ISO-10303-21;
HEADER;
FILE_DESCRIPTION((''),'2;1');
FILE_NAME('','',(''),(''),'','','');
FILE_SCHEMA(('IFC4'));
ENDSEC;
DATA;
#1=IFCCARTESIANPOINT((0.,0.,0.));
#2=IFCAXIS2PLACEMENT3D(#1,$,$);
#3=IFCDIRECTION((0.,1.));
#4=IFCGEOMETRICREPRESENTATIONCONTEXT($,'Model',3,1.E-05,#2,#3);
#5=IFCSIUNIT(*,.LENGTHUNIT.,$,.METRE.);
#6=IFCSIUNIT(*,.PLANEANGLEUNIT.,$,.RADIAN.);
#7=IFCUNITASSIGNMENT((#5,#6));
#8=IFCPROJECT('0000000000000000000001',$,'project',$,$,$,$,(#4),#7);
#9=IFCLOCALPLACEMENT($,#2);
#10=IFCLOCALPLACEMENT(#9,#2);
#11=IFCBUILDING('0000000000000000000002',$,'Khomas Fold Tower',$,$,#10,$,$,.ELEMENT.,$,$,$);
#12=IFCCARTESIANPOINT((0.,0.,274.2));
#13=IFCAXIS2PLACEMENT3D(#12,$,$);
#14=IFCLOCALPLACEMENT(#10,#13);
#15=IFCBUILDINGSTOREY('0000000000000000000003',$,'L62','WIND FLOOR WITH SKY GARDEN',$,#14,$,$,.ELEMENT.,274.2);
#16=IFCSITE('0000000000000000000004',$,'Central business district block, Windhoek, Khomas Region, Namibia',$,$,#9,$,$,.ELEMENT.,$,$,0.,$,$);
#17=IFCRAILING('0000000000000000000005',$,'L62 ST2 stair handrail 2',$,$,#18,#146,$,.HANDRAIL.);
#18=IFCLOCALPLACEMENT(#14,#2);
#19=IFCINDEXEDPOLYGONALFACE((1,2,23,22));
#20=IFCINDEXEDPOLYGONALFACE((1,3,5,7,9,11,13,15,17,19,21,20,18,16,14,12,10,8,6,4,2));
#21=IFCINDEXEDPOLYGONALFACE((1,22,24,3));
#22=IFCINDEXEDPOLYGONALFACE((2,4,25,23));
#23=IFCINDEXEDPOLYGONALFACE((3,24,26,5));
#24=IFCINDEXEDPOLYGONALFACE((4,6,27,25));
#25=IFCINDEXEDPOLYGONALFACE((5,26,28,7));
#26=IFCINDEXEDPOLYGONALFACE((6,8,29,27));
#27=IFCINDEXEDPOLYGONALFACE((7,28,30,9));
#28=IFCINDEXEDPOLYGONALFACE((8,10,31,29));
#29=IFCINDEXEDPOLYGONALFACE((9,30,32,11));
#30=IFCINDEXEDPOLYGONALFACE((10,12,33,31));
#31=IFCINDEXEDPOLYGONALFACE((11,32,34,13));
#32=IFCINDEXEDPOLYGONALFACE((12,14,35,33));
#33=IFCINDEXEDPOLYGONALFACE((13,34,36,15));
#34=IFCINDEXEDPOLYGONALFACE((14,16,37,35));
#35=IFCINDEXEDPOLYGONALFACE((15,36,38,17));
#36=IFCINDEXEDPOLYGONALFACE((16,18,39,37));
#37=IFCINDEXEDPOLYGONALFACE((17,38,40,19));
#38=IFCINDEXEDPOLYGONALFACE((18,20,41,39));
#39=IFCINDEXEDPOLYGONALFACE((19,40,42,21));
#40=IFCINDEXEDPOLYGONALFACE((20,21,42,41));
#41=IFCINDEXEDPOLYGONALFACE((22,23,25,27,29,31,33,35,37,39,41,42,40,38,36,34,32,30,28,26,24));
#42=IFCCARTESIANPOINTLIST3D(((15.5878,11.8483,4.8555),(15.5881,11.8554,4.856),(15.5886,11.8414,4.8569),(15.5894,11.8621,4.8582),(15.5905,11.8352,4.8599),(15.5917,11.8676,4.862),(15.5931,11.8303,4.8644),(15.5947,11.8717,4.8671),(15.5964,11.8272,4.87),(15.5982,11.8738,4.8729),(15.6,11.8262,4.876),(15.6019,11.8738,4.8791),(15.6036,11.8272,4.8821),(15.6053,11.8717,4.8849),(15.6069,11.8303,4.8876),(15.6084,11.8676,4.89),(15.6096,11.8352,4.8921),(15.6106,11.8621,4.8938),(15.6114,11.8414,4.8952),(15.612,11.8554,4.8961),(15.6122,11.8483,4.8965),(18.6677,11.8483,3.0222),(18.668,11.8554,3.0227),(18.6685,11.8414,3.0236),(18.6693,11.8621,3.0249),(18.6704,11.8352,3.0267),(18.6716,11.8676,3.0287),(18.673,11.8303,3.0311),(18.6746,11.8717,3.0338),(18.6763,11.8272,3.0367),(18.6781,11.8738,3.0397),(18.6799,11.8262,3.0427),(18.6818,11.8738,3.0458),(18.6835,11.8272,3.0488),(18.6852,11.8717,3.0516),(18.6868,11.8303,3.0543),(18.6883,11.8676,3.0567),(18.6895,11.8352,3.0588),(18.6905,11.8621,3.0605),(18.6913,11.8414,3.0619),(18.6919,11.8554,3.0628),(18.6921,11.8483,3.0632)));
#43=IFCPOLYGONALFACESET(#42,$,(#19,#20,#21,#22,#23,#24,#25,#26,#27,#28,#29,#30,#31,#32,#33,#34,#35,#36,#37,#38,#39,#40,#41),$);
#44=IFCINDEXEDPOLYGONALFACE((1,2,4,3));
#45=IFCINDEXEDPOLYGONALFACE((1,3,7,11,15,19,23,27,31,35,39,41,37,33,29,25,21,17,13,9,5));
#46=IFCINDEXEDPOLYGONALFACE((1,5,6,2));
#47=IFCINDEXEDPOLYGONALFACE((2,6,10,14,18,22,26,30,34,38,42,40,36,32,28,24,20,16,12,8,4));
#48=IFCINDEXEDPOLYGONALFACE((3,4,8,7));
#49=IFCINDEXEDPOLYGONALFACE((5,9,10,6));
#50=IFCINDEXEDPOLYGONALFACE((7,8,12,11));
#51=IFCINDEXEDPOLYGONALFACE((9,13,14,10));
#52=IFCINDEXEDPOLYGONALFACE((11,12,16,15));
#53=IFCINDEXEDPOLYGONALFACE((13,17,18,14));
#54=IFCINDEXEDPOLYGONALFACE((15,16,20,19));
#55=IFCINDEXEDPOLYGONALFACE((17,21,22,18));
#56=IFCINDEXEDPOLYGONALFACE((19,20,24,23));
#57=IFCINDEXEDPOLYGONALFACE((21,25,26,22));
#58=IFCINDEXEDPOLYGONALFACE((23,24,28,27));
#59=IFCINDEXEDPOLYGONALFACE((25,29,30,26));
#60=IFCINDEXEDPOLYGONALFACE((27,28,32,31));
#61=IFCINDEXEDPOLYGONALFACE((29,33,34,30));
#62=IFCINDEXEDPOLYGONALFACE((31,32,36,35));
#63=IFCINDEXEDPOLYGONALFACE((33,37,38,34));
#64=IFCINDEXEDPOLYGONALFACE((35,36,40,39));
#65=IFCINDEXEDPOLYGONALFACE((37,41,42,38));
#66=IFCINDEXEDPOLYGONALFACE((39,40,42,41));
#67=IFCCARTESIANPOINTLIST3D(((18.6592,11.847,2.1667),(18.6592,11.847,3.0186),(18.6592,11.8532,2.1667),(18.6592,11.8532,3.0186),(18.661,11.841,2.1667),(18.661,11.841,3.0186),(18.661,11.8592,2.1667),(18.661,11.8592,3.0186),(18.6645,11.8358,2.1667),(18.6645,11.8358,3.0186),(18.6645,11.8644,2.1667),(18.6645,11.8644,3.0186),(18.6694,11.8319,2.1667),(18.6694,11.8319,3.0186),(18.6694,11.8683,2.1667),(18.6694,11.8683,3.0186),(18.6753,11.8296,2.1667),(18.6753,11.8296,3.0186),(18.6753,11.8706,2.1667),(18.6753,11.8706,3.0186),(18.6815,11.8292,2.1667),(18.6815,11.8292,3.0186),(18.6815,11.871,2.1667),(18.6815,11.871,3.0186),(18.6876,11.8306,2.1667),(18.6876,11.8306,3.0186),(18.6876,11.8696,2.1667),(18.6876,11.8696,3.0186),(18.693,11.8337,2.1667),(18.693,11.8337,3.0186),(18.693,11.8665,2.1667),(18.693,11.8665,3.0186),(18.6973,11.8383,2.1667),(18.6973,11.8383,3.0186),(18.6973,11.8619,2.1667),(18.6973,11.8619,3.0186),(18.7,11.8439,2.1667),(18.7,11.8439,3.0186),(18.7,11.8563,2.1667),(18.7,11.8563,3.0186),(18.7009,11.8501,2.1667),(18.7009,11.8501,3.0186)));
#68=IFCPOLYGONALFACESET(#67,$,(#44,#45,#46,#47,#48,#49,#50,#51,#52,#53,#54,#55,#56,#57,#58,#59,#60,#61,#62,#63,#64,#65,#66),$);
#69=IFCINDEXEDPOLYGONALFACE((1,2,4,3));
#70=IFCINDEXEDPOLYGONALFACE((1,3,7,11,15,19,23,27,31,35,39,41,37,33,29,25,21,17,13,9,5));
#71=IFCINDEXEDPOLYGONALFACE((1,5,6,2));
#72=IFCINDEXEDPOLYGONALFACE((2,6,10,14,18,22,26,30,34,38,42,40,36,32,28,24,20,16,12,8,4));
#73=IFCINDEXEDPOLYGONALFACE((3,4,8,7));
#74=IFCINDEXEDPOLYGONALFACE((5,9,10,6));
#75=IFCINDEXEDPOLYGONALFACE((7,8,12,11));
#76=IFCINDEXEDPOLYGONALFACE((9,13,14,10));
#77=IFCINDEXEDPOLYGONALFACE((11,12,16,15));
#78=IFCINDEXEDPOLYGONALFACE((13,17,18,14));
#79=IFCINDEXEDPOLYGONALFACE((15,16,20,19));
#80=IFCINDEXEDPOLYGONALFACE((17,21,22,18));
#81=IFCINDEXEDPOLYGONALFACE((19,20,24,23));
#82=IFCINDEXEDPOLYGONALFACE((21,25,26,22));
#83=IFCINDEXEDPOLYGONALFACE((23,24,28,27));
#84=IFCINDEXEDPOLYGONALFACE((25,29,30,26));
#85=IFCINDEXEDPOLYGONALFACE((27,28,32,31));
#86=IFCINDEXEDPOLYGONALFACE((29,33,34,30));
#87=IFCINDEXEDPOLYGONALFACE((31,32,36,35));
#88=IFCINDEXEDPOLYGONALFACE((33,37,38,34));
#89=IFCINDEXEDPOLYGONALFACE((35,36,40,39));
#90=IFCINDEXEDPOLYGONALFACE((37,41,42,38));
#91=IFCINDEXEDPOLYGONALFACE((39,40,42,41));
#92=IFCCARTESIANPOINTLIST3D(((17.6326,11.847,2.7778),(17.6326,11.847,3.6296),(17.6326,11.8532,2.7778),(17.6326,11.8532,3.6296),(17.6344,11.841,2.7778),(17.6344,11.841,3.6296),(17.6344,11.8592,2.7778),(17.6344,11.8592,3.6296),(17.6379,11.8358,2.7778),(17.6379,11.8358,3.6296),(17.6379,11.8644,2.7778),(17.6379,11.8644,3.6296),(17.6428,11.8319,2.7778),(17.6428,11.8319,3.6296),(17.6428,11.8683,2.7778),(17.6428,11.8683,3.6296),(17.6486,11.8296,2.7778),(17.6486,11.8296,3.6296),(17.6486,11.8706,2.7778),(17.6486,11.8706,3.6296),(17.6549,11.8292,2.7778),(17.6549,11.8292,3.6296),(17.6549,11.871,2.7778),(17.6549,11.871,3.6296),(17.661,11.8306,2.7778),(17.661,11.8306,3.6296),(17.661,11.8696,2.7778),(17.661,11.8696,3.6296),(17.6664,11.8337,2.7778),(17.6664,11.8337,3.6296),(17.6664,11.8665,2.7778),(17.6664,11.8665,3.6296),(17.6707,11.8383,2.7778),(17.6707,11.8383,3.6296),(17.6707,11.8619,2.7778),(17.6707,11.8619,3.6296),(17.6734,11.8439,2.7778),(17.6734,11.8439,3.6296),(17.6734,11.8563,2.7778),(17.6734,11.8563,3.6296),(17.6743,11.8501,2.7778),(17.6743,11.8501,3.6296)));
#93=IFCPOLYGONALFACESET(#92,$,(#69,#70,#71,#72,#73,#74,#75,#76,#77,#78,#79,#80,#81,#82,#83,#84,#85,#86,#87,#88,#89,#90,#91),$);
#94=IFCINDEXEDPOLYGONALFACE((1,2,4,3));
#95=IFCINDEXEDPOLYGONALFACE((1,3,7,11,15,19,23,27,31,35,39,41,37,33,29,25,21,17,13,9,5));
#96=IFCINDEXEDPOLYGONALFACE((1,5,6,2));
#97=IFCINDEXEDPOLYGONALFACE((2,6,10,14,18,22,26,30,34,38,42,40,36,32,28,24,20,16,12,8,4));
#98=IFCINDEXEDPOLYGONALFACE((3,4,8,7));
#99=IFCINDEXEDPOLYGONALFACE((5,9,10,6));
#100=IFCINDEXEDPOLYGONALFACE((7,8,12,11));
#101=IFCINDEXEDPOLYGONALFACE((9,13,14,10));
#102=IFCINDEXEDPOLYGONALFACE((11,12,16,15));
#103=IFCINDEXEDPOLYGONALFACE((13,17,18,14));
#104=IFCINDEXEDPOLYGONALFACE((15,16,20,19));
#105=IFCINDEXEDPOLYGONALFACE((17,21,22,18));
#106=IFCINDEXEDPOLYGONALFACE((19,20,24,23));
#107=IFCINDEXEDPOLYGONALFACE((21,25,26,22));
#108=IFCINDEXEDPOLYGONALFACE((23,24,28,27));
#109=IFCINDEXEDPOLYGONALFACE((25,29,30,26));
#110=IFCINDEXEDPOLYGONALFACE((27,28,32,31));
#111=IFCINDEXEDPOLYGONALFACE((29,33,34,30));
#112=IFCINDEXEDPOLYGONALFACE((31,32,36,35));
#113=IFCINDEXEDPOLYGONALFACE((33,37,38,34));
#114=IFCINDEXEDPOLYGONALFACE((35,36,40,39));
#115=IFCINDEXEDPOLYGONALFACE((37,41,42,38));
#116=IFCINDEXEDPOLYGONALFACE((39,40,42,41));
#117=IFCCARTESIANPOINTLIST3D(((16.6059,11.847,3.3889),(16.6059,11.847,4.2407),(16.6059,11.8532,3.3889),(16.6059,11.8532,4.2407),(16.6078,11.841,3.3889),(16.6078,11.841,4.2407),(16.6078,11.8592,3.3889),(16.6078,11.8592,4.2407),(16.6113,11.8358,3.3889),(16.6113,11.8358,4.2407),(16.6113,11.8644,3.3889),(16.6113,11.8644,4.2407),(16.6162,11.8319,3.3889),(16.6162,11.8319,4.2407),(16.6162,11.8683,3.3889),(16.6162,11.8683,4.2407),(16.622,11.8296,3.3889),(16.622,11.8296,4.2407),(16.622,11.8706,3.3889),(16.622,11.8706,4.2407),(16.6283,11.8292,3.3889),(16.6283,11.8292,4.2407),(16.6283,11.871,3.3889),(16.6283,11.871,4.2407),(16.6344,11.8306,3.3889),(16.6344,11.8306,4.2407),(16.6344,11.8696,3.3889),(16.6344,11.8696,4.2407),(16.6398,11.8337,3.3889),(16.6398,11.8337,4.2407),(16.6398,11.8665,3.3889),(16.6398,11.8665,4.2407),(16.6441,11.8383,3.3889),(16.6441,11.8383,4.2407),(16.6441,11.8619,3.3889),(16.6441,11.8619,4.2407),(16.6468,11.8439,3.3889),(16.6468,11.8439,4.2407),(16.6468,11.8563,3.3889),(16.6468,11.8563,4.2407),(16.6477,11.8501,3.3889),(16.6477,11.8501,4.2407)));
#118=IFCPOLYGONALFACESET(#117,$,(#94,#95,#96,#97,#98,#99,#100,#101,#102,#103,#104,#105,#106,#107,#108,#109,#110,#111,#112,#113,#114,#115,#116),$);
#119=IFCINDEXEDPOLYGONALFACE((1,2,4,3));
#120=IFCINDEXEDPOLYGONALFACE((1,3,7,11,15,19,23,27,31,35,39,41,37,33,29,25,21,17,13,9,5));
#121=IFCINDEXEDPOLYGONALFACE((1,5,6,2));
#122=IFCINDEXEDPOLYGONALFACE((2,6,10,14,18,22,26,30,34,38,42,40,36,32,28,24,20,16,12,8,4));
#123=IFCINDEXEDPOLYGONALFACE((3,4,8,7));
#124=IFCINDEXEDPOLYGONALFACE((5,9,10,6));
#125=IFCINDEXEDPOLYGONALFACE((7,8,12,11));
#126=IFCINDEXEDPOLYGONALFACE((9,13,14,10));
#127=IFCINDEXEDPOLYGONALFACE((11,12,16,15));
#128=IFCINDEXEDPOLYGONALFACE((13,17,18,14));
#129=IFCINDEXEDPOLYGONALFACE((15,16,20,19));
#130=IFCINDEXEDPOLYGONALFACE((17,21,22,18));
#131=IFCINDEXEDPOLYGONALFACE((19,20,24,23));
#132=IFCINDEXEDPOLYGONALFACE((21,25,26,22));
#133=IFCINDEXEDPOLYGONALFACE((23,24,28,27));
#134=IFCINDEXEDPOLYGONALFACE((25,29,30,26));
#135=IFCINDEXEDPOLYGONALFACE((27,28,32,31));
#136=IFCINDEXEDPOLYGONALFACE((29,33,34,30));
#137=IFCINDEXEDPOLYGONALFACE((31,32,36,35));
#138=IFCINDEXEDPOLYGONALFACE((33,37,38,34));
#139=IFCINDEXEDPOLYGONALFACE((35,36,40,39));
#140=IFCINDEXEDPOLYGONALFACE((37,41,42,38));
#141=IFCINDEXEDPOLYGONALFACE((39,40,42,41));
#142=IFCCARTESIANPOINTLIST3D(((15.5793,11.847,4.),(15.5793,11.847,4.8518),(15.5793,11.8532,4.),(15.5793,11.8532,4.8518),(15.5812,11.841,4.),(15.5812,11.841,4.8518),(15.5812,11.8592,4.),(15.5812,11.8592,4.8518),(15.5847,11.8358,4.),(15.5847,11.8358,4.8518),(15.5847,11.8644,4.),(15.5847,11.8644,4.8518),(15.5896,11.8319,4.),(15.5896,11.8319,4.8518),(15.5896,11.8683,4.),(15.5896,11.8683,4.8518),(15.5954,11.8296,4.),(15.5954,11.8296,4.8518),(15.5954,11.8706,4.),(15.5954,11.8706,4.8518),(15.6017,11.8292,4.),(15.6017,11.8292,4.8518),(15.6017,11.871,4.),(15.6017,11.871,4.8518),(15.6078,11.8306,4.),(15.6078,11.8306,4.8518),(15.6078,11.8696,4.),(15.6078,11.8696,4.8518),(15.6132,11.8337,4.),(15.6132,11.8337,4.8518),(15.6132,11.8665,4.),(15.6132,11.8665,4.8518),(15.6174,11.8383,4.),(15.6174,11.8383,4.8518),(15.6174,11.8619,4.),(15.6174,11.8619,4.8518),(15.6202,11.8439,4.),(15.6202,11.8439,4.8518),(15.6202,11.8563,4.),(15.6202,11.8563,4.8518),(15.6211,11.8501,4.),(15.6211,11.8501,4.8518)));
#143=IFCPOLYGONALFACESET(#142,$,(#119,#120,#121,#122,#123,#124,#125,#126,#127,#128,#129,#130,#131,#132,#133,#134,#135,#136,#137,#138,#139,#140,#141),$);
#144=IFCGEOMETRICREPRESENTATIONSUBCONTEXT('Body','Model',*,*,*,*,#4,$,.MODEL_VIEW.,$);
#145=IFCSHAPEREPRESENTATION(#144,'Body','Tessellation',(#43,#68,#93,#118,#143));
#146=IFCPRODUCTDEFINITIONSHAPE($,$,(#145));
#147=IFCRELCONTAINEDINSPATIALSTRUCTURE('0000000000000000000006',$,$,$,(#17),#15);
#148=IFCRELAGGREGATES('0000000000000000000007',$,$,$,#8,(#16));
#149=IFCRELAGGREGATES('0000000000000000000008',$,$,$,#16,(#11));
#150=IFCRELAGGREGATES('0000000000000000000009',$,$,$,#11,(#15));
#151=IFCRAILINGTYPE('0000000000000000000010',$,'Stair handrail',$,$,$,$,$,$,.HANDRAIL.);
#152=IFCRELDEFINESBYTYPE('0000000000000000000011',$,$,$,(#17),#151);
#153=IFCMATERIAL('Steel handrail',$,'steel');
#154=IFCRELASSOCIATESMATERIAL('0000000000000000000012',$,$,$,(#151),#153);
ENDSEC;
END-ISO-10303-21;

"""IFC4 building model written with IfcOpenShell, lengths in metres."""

from ifc_helpers import new_model, si_unit, direction, frame, origin, origin_2d, place, context, subcontext, project, spatial, circle, extrude, source, transform, mapped, material, type_object, element, save


model = new_model("IFC4")

# Units and contexts
model_context = context("Model", 3, precision=1e-05, world=origin(), true_north=direction((0.0, 1.0)))
body_context = subcontext(model_context, "Body", "Model", "MODEL_VIEW")
ifc_project = project(units=[si_unit("LENGTHUNIT", "METRE"), si_unit("PLANEANGLEUNIT", "RADIAN")], contexts=[model_context])

# Site, building, storey
site_placement = place(None, origin())
site = spatial("IfcSite", under=ifc_project, at=site_placement, Name="Central business district block, Windhoek, Khomas Region, Namibia", CompositionType="ELEMENT", RefElevation=0.0)
building_placement = place(site_placement, origin())
building = spatial("IfcBuilding", under=site, at=building_placement, Name="Khomas Fold Tower", CompositionType="ELEMENT")
storey_placement = place(building_placement, frame((0.0, 0.0, 274.2)))
storey = spatial("IfcBuildingStorey", under=building, at=storey_placement, Name="L62", Description="WIND FLOOR WITH SKY GARDEN", CompositionType="ELEMENT", Elevation=274.2)

# Railing
ifc_material_1 = material(Name="Steel handrail", Category="steel")
railing_type_1 = type_object("IfcRailingType", Name="Stair handrail", PredefinedType="HANDRAIL", material=ifc_material_1)
shared_shape_1 = source(origin(), body_context, "Body", "SweptSolid", [
    extrude(circle(Radius=0.0239, at=origin_2d()), frame((0.0, 0.0, 0.876), z_axis=(-0.859291, 0.0, 0.511487), x_axis=(0.0, -1.0, 0.0)), (0.0, 0.0, 1.0), 3.5842),
    extrude(circle(Radius=0.021, at=origin_2d()), origin(), (0.0, 0.0, 1.0), 0.8518),
    extrude(circle(Radius=0.021, at=origin_2d()), frame((-1.0266, 0.0, 0.6111)), (0.0, 0.0, 1.0), 0.8518),
    extrude(circle(Radius=0.021, at=origin_2d()), frame((-2.0532, 0.0, 1.2222)), (0.0, 0.0, 1.0), 0.8518),
    extrude(circle(Radius=0.021, at=origin_2d()), frame((-3.0798, 0.0, 1.8333)), (0.0, 0.0, 1.0), 0.8518),
])
for number, where, name in (
    (1, (18.6799, 11.8501, 2.1667), "L62 ST2 stair handrail 2"),
):
    element("IfcRailing", number, at=place(storey_placement, frame(where)), inside=storey, type_object=railing_type_1, Name=name, PredefinedType="HANDRAIL", context=body_context, shape_type="MappedRepresentation", body=[
        mapped(shared_shape_1, transform((0.0, 0.0, 0.0))),
    ])

save(model, "model.ifc")
